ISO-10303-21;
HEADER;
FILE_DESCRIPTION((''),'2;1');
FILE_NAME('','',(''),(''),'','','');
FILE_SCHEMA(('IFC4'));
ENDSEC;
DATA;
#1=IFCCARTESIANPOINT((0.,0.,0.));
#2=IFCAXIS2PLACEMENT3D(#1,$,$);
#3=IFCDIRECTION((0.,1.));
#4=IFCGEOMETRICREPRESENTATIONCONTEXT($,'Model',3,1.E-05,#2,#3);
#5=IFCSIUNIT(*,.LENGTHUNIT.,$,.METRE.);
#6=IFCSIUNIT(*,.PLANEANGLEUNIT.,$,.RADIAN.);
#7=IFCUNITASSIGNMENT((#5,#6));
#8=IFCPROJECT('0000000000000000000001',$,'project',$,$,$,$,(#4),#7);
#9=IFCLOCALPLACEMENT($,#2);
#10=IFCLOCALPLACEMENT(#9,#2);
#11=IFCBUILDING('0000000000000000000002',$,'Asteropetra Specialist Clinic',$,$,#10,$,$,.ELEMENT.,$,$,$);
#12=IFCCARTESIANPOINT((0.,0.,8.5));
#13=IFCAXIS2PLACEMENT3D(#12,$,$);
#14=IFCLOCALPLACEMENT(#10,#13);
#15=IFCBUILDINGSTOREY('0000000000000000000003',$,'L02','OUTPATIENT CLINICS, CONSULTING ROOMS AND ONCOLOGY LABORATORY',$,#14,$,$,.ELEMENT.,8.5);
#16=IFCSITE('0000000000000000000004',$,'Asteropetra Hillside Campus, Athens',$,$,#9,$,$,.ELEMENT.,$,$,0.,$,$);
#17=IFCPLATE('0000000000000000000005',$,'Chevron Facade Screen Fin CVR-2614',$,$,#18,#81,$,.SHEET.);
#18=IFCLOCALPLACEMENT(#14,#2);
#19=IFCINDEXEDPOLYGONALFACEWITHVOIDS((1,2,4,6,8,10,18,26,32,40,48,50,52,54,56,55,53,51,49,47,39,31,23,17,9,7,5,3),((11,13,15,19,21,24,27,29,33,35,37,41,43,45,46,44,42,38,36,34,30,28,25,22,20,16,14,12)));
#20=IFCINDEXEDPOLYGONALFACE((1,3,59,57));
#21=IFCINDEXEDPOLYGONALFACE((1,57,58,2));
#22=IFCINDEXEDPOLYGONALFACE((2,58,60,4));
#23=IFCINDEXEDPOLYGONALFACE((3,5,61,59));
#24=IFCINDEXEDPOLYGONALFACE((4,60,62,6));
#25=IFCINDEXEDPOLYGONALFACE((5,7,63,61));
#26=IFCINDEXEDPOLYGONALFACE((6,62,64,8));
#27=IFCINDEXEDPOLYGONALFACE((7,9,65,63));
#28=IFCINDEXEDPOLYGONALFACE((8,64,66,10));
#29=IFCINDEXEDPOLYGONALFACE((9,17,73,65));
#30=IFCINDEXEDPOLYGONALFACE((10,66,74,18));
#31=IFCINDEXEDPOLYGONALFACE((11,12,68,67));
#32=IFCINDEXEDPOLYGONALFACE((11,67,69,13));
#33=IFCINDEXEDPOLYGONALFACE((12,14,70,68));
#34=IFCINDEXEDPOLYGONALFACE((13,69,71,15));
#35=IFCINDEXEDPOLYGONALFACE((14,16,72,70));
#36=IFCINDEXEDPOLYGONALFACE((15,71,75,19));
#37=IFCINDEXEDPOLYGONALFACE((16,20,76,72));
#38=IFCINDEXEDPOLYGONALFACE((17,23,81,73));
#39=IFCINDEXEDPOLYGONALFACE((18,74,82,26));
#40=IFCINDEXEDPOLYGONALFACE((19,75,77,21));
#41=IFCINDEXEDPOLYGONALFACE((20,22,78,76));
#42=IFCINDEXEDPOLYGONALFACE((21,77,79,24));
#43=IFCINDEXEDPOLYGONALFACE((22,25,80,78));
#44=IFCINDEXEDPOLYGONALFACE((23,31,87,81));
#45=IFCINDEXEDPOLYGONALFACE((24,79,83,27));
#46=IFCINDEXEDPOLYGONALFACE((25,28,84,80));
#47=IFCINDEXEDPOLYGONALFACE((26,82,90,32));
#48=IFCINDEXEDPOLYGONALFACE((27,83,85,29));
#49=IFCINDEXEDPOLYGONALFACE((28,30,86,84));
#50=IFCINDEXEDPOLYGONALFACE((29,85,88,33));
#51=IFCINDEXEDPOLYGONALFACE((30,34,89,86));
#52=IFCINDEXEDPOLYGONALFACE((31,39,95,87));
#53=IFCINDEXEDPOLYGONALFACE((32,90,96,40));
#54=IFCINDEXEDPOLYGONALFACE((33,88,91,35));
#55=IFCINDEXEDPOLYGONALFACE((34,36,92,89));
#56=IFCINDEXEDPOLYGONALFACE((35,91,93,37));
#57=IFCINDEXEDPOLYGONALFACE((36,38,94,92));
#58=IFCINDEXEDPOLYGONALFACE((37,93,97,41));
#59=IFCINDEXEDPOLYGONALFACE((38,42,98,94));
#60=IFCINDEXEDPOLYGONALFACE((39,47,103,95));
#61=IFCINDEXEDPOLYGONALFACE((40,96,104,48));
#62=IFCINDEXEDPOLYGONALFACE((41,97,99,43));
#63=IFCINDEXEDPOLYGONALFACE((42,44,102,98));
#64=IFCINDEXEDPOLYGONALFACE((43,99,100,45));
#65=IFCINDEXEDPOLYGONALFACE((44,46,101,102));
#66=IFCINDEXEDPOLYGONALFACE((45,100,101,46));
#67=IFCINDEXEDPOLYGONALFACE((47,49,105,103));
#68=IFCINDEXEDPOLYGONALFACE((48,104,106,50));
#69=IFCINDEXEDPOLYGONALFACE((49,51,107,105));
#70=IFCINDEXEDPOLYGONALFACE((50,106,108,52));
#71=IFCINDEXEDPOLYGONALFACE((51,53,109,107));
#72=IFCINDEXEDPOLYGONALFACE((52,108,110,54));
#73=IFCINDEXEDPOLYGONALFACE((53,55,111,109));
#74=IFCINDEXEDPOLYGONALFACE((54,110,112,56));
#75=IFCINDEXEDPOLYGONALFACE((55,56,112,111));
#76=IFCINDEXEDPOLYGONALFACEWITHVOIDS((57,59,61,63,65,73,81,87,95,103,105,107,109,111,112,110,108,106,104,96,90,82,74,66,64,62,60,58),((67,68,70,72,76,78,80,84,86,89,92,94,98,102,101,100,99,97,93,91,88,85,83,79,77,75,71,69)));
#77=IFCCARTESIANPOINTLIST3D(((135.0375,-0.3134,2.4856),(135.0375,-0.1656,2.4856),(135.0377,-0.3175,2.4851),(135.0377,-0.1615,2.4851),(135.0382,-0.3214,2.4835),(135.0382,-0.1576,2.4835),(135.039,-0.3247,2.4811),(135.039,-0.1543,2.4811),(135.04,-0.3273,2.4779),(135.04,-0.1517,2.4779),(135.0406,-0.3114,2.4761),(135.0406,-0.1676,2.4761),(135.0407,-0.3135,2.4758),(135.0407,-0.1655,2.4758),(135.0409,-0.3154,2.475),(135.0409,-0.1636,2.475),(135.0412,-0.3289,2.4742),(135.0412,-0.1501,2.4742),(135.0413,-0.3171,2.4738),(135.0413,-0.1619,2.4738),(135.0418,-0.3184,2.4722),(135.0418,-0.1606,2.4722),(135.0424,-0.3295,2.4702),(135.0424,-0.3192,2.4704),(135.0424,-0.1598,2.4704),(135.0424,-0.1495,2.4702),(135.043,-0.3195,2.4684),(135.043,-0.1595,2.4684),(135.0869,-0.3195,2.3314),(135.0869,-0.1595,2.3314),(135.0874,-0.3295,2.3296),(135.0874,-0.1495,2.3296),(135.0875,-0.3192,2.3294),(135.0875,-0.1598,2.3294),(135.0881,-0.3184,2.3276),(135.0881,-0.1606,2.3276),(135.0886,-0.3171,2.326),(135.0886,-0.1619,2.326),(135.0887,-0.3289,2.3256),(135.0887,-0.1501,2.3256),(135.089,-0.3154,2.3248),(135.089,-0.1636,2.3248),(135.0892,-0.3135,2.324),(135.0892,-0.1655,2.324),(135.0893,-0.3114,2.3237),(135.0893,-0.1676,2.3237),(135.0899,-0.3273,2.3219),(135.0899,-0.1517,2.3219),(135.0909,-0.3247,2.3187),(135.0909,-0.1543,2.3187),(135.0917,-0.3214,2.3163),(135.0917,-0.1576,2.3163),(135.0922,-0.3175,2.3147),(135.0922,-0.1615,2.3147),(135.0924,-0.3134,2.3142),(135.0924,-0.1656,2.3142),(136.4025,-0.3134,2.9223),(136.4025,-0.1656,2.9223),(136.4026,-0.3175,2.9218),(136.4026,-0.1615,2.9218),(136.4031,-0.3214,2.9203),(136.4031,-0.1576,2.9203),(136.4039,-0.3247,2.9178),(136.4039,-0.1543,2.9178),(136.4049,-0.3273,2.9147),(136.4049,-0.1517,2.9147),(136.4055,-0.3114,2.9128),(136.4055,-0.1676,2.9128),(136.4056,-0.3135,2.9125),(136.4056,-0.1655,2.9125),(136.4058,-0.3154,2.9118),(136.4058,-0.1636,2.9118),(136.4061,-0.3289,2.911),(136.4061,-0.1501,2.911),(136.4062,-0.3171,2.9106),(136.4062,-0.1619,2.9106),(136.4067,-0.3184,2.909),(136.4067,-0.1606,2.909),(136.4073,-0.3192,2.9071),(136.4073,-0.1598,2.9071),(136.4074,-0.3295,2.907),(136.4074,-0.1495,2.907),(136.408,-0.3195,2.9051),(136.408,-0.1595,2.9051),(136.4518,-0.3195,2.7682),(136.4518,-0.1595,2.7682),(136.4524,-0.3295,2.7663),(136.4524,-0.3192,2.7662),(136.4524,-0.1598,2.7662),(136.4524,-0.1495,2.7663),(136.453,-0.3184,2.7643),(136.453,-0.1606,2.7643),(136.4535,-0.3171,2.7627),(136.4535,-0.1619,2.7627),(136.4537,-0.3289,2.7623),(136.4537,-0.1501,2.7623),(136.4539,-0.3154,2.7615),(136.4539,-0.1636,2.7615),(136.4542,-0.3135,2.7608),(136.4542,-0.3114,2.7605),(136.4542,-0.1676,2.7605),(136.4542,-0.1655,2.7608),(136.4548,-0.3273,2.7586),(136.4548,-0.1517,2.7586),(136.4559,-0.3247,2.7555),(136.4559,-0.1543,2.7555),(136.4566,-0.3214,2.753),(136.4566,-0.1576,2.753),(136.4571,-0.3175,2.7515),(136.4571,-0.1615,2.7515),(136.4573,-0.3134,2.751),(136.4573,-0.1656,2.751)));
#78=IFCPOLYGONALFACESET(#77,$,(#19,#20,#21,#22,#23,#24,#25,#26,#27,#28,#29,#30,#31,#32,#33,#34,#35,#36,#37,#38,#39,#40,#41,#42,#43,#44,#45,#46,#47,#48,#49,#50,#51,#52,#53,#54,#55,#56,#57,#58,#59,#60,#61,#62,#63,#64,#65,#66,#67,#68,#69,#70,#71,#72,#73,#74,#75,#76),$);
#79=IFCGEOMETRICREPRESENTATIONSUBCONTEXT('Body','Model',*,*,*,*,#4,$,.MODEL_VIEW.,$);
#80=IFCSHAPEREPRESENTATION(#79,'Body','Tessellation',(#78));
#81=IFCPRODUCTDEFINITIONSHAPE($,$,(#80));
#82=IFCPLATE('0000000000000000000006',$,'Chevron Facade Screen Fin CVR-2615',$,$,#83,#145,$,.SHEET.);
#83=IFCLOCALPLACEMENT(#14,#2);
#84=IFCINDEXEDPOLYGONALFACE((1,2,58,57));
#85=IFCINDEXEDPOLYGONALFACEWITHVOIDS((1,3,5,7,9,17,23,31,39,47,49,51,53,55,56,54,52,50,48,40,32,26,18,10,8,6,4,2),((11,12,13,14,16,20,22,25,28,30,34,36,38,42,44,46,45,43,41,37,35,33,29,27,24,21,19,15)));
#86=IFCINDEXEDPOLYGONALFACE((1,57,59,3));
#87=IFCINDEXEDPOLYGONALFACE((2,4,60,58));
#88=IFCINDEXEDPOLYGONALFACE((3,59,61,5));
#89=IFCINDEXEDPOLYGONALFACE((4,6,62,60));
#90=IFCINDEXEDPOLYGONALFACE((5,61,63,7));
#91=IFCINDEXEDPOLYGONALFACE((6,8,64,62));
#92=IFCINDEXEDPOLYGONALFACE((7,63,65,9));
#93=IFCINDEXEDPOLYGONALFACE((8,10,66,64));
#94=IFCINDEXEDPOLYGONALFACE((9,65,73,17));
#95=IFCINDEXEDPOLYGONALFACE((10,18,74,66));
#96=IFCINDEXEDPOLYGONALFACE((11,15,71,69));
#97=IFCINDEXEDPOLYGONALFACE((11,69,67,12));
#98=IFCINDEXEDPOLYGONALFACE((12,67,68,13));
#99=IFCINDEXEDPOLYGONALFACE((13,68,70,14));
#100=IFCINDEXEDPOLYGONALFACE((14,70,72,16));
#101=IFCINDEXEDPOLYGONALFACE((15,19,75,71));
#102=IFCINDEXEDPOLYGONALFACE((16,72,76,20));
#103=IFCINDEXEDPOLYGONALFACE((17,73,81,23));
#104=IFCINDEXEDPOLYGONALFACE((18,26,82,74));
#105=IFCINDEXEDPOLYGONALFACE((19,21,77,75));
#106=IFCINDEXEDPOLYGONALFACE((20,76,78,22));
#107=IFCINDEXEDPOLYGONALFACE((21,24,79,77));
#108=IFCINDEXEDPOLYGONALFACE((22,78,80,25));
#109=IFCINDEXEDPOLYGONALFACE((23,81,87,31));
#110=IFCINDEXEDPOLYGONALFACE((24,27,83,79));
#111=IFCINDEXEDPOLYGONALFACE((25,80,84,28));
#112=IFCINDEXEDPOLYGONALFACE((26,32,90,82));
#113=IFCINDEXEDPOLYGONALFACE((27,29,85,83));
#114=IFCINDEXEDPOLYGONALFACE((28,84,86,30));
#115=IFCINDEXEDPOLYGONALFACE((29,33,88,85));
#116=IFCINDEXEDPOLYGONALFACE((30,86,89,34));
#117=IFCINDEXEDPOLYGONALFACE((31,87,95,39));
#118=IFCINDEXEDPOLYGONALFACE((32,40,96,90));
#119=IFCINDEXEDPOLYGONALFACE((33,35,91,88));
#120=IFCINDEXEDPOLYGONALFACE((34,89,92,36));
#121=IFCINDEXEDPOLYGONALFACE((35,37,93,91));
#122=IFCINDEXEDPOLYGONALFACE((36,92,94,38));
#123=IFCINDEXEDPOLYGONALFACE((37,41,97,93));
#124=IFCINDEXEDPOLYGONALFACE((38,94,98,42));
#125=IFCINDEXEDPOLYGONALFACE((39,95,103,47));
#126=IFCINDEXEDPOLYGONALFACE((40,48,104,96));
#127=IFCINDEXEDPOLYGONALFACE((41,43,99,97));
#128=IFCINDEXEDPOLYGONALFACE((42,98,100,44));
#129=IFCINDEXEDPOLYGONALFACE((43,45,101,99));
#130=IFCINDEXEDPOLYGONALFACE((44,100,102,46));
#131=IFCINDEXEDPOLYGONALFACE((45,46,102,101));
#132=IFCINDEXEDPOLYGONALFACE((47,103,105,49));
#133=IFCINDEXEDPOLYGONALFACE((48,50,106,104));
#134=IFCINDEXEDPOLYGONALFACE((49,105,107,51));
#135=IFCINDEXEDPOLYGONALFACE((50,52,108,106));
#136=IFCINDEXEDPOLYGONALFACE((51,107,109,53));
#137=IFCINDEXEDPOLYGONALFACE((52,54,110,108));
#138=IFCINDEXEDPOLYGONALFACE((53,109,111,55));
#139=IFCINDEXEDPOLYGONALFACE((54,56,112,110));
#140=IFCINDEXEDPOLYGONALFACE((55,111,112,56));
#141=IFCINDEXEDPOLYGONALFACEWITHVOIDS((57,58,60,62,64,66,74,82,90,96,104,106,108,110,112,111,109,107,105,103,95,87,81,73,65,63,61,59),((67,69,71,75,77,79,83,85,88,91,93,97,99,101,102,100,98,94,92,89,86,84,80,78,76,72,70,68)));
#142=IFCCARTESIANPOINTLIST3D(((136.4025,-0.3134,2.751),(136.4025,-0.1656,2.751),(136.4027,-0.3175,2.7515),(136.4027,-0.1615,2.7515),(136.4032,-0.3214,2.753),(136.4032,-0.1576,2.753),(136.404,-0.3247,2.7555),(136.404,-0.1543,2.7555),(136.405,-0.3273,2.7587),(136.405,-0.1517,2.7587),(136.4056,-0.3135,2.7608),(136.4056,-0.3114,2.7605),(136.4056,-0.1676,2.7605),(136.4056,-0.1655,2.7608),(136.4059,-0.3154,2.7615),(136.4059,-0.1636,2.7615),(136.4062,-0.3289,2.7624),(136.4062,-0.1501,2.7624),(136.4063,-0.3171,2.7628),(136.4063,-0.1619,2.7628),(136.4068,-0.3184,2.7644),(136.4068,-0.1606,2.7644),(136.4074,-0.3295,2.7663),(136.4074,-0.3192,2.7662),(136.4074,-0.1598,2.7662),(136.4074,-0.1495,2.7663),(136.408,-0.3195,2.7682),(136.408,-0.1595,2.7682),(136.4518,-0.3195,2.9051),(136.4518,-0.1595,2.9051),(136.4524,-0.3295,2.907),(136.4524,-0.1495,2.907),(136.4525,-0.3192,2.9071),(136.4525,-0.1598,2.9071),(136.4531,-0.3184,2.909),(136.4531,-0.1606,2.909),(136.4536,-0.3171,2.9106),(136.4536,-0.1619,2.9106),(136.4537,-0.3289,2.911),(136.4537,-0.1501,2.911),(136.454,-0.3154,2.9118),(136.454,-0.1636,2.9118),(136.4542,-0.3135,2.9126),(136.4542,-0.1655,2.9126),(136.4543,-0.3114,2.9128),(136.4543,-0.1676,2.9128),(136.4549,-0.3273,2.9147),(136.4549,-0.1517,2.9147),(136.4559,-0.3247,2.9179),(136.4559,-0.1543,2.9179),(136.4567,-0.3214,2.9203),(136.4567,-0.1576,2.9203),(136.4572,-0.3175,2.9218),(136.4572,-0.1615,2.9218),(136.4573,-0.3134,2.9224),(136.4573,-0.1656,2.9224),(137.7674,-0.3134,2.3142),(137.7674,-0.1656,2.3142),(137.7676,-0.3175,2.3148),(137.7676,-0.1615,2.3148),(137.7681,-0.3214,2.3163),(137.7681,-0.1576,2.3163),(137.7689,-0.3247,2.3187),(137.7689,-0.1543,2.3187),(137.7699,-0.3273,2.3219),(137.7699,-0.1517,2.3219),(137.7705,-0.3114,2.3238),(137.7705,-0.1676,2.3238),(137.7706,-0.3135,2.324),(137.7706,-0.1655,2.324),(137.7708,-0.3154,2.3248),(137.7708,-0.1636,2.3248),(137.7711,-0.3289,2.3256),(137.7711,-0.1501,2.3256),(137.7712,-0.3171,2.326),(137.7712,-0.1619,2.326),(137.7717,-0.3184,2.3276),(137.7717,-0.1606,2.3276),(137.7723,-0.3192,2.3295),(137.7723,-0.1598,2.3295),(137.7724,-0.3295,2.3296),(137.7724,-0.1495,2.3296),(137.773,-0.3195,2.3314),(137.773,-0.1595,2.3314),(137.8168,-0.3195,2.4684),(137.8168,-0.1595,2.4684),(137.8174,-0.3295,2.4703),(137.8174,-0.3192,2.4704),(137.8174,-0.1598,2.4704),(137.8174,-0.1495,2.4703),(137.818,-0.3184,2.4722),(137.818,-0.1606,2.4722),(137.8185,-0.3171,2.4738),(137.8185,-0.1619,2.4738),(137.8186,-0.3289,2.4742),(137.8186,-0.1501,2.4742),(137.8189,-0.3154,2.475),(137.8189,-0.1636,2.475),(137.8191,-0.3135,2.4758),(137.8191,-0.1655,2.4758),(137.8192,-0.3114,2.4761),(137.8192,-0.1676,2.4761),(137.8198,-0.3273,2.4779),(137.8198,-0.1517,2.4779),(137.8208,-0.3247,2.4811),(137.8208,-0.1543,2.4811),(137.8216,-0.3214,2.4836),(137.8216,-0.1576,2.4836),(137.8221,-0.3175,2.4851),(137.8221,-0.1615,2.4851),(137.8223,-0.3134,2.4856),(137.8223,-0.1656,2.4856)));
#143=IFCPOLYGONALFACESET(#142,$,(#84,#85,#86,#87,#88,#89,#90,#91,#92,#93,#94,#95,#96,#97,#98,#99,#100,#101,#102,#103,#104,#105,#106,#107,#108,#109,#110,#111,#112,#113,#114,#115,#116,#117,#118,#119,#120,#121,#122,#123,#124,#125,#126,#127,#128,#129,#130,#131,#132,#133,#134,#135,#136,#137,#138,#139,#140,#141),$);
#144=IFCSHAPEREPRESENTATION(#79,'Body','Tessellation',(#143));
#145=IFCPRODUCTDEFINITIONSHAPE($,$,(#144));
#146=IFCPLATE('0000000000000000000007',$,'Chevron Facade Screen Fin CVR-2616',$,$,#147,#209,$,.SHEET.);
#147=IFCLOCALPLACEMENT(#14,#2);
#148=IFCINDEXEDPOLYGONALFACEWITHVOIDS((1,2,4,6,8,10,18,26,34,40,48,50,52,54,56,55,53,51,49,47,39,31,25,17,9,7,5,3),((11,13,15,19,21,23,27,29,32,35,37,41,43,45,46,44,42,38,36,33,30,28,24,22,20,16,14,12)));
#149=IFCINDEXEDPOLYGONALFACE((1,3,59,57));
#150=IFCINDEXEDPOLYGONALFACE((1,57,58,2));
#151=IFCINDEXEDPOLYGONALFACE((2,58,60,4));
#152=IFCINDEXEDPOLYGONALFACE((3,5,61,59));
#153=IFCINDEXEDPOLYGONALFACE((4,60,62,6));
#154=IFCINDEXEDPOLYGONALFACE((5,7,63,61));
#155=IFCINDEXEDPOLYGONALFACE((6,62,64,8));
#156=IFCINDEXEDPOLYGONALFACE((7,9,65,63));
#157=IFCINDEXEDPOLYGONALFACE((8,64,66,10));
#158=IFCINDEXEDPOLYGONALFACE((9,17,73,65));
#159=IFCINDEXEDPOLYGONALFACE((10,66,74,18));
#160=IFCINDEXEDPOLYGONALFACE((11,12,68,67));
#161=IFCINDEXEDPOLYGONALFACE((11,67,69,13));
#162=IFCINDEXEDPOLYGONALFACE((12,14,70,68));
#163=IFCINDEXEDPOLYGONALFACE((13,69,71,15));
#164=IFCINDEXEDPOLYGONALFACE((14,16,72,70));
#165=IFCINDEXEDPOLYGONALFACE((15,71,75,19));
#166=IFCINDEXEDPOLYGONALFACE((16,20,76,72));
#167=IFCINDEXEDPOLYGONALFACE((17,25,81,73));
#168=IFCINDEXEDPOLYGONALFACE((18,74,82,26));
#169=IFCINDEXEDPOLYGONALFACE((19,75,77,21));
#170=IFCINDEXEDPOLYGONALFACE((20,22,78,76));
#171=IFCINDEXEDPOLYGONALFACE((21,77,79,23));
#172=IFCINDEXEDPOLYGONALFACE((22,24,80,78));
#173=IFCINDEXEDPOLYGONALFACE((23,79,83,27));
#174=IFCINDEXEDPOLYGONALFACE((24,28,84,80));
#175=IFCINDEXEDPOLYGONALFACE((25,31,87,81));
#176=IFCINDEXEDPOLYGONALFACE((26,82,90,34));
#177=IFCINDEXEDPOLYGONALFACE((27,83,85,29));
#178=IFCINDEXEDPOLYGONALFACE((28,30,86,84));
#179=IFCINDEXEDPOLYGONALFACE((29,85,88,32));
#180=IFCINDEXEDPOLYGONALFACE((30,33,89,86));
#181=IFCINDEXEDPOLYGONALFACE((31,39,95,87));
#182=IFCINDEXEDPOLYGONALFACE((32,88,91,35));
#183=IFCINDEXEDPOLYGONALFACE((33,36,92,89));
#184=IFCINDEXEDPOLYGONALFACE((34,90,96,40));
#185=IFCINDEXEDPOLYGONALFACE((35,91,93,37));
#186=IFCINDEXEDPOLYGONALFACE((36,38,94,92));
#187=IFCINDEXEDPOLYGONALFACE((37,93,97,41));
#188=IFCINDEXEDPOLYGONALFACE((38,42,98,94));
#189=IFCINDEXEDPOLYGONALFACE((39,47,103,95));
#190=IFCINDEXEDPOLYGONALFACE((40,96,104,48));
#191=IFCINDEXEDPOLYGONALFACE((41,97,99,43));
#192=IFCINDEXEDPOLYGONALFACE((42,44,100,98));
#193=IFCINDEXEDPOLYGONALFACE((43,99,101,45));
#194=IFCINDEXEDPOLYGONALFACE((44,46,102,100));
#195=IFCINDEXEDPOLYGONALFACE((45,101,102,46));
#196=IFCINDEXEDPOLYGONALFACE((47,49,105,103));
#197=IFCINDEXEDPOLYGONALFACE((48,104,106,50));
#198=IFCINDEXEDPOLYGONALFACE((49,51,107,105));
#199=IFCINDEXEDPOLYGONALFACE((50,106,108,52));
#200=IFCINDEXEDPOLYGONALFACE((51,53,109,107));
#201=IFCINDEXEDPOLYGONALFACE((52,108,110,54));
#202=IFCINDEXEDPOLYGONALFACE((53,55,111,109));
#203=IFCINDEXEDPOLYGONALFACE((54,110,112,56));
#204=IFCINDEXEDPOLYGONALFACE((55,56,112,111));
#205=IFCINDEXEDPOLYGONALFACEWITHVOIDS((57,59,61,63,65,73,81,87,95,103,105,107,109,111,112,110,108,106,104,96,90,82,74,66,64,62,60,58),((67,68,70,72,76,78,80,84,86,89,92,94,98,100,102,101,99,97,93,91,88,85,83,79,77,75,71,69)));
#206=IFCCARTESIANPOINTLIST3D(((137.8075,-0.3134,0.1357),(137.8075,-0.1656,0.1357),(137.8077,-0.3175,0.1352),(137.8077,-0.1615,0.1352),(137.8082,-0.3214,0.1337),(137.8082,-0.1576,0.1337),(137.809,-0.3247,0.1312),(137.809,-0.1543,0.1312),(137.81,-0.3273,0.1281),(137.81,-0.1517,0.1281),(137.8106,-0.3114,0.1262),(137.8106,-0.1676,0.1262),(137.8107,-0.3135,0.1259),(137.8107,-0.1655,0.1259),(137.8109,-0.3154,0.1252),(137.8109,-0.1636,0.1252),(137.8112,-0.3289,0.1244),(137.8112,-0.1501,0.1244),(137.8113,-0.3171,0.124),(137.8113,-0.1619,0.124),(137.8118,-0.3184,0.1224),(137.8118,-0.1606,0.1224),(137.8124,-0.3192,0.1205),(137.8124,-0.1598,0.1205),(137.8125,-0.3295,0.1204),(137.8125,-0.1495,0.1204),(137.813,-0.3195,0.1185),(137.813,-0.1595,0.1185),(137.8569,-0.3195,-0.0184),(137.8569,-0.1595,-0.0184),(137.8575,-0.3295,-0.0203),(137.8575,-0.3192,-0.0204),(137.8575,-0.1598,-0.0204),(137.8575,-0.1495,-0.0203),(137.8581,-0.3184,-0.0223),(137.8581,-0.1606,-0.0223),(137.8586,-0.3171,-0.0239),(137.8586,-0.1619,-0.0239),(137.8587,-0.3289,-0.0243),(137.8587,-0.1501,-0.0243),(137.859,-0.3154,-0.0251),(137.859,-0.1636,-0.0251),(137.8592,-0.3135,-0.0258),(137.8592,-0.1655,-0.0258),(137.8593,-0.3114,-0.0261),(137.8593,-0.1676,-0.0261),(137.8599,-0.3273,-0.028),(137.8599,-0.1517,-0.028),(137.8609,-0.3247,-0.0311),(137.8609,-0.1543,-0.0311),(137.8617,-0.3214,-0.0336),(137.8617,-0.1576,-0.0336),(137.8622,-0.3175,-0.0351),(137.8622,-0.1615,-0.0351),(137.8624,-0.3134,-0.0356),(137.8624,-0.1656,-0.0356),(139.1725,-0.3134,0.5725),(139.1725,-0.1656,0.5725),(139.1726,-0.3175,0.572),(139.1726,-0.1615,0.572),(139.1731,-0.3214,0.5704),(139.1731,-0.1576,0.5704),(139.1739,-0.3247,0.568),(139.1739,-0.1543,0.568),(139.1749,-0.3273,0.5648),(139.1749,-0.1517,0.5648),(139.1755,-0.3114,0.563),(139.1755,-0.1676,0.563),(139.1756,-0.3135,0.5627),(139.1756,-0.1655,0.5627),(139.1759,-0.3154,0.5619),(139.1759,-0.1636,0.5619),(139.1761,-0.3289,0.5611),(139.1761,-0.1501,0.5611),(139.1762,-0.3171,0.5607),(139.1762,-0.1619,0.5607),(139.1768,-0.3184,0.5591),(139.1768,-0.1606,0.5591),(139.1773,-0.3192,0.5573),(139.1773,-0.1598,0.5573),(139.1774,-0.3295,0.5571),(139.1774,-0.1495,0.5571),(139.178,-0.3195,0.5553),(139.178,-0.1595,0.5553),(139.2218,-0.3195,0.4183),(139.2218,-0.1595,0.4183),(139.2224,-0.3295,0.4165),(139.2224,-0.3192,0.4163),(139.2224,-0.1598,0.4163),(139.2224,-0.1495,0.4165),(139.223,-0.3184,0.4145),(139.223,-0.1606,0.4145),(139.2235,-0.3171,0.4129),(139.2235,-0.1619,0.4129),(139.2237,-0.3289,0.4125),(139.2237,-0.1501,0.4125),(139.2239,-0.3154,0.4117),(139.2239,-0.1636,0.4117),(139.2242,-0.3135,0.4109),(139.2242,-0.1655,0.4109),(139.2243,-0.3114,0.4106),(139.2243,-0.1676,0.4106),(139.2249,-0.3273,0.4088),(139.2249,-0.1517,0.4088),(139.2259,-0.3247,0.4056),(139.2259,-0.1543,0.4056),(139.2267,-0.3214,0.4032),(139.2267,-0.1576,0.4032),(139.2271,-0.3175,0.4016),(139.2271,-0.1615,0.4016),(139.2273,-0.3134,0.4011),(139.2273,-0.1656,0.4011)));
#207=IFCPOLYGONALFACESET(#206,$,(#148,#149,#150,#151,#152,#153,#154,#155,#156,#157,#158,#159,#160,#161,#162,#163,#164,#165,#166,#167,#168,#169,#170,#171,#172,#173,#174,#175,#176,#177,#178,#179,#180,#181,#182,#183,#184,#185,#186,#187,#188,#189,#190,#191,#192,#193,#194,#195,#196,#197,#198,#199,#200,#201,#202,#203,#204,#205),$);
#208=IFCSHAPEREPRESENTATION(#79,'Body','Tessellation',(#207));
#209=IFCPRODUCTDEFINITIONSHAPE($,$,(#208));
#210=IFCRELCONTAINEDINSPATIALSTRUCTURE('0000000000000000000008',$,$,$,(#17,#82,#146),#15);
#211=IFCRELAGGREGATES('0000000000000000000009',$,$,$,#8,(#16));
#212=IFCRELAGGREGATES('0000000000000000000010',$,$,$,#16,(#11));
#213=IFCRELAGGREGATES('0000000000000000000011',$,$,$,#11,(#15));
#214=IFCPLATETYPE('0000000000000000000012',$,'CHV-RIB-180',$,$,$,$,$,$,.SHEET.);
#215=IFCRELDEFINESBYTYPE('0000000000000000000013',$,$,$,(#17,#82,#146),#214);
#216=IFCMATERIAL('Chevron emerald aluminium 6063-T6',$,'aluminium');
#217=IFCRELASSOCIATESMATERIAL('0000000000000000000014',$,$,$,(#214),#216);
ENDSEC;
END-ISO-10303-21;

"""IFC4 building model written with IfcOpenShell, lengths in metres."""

from ifc_helpers import new_model, si_unit, direction, frame, origin, origin_2d, place, context, subcontext, project, spatial, hollow_rectangle, extrude, material, material_profile, profile_set, type_object, element, save


model = new_model("IFC4")

# Units and contexts
model_context = context("Model", 3, precision=1e-05, world=origin(), true_north=direction((0.0, 1.0)))
body_context = subcontext(model_context, "Body", "Model", "MODEL_VIEW")
ifc_project = project(units=[si_unit("LENGTHUNIT", "METRE"), si_unit("PLANEANGLEUNIT", "RADIAN")], contexts=[model_context])

# Site, building, storey
site_placement = place(None, origin())
site = spatial("IfcSite", under=ifc_project, at=site_placement, Name="Asteropetra Hillside Campus, Athens", CompositionType="ELEMENT", RefElevation=0.0)
building_placement = place(site_placement, origin())
building = spatial("IfcBuilding", under=site, at=building_placement, Name="Asteropetra Specialist Clinic", CompositionType="ELEMENT")
storey_placement = place(building_placement, frame((0.0, 0.0, 8.5)))
storey = spatial("IfcBuildingStorey", under=building, at=storey_placement, Name="L02", Description="OUTPATIENT CLINICS, CONSULTING ROOMS AND ONCOLOGY LABORATORY", CompositionType="ELEMENT", Elevation=8.5)

# Plates
ifc_material_1 = material(Name="Chevron emerald aluminium 6063-T6", Category="aluminium")
ifc_material_profile = material_profile(ifc_material_1, hollow_rectangle(XDim=0.1799, YDim=0.1799, WallThickness=0.01, InnerFilletRadius=0.0081, OuterFilletRadius=0.0161, at=origin_2d()), Name="SHS 180x180x10.0")
ifc_profile_set = profile_set([ifc_material_profile], Name="Chevron emerald aluminium 6063-T6")
plate_type = type_object("IfcPlateType", Name="CHV-RIB-180", PredefinedType="SHEET", material=ifc_profile_set)
for number, where, z_axis, x_axis, name in (
    (1, (135.0649, -0.2395, 2.3999), (0.95243, 0.0, 0.304757), (0.0, 1.0, 0.0), "Chevron Facade Screen Fin CVR-2614"),
    (2, (136.4299, -0.2395, 2.8367), (0.95243, 0.0, -0.304757), (0.0, 1.0, 0.0), "Chevron Facade Screen Fin CVR-2615"),
    (3, (137.835, -0.2395, 0.05), (0.95243, 0.0, 0.304757), (0.0, 1.0, 0.0), "Chevron Facade Screen Fin CVR-2616"),
):
    element("IfcPlate", number, at=place(storey_placement, frame(where, z_axis=z_axis, x_axis=x_axis)), inside=storey, type_object=plate_type, Name=name, PredefinedType="SHEET", context=body_context, shape_type="SweptSolid", body=[
        extrude(hollow_rectangle(XDim=0.1799, YDim=0.1799, WallThickness=0.01, InnerFilletRadius=0.0081, OuterFilletRadius=0.0161, at=origin_2d()), origin(), (0.0, 0.0, 1.0), 1.4331),
    ])

save(model, "model.ifc")
